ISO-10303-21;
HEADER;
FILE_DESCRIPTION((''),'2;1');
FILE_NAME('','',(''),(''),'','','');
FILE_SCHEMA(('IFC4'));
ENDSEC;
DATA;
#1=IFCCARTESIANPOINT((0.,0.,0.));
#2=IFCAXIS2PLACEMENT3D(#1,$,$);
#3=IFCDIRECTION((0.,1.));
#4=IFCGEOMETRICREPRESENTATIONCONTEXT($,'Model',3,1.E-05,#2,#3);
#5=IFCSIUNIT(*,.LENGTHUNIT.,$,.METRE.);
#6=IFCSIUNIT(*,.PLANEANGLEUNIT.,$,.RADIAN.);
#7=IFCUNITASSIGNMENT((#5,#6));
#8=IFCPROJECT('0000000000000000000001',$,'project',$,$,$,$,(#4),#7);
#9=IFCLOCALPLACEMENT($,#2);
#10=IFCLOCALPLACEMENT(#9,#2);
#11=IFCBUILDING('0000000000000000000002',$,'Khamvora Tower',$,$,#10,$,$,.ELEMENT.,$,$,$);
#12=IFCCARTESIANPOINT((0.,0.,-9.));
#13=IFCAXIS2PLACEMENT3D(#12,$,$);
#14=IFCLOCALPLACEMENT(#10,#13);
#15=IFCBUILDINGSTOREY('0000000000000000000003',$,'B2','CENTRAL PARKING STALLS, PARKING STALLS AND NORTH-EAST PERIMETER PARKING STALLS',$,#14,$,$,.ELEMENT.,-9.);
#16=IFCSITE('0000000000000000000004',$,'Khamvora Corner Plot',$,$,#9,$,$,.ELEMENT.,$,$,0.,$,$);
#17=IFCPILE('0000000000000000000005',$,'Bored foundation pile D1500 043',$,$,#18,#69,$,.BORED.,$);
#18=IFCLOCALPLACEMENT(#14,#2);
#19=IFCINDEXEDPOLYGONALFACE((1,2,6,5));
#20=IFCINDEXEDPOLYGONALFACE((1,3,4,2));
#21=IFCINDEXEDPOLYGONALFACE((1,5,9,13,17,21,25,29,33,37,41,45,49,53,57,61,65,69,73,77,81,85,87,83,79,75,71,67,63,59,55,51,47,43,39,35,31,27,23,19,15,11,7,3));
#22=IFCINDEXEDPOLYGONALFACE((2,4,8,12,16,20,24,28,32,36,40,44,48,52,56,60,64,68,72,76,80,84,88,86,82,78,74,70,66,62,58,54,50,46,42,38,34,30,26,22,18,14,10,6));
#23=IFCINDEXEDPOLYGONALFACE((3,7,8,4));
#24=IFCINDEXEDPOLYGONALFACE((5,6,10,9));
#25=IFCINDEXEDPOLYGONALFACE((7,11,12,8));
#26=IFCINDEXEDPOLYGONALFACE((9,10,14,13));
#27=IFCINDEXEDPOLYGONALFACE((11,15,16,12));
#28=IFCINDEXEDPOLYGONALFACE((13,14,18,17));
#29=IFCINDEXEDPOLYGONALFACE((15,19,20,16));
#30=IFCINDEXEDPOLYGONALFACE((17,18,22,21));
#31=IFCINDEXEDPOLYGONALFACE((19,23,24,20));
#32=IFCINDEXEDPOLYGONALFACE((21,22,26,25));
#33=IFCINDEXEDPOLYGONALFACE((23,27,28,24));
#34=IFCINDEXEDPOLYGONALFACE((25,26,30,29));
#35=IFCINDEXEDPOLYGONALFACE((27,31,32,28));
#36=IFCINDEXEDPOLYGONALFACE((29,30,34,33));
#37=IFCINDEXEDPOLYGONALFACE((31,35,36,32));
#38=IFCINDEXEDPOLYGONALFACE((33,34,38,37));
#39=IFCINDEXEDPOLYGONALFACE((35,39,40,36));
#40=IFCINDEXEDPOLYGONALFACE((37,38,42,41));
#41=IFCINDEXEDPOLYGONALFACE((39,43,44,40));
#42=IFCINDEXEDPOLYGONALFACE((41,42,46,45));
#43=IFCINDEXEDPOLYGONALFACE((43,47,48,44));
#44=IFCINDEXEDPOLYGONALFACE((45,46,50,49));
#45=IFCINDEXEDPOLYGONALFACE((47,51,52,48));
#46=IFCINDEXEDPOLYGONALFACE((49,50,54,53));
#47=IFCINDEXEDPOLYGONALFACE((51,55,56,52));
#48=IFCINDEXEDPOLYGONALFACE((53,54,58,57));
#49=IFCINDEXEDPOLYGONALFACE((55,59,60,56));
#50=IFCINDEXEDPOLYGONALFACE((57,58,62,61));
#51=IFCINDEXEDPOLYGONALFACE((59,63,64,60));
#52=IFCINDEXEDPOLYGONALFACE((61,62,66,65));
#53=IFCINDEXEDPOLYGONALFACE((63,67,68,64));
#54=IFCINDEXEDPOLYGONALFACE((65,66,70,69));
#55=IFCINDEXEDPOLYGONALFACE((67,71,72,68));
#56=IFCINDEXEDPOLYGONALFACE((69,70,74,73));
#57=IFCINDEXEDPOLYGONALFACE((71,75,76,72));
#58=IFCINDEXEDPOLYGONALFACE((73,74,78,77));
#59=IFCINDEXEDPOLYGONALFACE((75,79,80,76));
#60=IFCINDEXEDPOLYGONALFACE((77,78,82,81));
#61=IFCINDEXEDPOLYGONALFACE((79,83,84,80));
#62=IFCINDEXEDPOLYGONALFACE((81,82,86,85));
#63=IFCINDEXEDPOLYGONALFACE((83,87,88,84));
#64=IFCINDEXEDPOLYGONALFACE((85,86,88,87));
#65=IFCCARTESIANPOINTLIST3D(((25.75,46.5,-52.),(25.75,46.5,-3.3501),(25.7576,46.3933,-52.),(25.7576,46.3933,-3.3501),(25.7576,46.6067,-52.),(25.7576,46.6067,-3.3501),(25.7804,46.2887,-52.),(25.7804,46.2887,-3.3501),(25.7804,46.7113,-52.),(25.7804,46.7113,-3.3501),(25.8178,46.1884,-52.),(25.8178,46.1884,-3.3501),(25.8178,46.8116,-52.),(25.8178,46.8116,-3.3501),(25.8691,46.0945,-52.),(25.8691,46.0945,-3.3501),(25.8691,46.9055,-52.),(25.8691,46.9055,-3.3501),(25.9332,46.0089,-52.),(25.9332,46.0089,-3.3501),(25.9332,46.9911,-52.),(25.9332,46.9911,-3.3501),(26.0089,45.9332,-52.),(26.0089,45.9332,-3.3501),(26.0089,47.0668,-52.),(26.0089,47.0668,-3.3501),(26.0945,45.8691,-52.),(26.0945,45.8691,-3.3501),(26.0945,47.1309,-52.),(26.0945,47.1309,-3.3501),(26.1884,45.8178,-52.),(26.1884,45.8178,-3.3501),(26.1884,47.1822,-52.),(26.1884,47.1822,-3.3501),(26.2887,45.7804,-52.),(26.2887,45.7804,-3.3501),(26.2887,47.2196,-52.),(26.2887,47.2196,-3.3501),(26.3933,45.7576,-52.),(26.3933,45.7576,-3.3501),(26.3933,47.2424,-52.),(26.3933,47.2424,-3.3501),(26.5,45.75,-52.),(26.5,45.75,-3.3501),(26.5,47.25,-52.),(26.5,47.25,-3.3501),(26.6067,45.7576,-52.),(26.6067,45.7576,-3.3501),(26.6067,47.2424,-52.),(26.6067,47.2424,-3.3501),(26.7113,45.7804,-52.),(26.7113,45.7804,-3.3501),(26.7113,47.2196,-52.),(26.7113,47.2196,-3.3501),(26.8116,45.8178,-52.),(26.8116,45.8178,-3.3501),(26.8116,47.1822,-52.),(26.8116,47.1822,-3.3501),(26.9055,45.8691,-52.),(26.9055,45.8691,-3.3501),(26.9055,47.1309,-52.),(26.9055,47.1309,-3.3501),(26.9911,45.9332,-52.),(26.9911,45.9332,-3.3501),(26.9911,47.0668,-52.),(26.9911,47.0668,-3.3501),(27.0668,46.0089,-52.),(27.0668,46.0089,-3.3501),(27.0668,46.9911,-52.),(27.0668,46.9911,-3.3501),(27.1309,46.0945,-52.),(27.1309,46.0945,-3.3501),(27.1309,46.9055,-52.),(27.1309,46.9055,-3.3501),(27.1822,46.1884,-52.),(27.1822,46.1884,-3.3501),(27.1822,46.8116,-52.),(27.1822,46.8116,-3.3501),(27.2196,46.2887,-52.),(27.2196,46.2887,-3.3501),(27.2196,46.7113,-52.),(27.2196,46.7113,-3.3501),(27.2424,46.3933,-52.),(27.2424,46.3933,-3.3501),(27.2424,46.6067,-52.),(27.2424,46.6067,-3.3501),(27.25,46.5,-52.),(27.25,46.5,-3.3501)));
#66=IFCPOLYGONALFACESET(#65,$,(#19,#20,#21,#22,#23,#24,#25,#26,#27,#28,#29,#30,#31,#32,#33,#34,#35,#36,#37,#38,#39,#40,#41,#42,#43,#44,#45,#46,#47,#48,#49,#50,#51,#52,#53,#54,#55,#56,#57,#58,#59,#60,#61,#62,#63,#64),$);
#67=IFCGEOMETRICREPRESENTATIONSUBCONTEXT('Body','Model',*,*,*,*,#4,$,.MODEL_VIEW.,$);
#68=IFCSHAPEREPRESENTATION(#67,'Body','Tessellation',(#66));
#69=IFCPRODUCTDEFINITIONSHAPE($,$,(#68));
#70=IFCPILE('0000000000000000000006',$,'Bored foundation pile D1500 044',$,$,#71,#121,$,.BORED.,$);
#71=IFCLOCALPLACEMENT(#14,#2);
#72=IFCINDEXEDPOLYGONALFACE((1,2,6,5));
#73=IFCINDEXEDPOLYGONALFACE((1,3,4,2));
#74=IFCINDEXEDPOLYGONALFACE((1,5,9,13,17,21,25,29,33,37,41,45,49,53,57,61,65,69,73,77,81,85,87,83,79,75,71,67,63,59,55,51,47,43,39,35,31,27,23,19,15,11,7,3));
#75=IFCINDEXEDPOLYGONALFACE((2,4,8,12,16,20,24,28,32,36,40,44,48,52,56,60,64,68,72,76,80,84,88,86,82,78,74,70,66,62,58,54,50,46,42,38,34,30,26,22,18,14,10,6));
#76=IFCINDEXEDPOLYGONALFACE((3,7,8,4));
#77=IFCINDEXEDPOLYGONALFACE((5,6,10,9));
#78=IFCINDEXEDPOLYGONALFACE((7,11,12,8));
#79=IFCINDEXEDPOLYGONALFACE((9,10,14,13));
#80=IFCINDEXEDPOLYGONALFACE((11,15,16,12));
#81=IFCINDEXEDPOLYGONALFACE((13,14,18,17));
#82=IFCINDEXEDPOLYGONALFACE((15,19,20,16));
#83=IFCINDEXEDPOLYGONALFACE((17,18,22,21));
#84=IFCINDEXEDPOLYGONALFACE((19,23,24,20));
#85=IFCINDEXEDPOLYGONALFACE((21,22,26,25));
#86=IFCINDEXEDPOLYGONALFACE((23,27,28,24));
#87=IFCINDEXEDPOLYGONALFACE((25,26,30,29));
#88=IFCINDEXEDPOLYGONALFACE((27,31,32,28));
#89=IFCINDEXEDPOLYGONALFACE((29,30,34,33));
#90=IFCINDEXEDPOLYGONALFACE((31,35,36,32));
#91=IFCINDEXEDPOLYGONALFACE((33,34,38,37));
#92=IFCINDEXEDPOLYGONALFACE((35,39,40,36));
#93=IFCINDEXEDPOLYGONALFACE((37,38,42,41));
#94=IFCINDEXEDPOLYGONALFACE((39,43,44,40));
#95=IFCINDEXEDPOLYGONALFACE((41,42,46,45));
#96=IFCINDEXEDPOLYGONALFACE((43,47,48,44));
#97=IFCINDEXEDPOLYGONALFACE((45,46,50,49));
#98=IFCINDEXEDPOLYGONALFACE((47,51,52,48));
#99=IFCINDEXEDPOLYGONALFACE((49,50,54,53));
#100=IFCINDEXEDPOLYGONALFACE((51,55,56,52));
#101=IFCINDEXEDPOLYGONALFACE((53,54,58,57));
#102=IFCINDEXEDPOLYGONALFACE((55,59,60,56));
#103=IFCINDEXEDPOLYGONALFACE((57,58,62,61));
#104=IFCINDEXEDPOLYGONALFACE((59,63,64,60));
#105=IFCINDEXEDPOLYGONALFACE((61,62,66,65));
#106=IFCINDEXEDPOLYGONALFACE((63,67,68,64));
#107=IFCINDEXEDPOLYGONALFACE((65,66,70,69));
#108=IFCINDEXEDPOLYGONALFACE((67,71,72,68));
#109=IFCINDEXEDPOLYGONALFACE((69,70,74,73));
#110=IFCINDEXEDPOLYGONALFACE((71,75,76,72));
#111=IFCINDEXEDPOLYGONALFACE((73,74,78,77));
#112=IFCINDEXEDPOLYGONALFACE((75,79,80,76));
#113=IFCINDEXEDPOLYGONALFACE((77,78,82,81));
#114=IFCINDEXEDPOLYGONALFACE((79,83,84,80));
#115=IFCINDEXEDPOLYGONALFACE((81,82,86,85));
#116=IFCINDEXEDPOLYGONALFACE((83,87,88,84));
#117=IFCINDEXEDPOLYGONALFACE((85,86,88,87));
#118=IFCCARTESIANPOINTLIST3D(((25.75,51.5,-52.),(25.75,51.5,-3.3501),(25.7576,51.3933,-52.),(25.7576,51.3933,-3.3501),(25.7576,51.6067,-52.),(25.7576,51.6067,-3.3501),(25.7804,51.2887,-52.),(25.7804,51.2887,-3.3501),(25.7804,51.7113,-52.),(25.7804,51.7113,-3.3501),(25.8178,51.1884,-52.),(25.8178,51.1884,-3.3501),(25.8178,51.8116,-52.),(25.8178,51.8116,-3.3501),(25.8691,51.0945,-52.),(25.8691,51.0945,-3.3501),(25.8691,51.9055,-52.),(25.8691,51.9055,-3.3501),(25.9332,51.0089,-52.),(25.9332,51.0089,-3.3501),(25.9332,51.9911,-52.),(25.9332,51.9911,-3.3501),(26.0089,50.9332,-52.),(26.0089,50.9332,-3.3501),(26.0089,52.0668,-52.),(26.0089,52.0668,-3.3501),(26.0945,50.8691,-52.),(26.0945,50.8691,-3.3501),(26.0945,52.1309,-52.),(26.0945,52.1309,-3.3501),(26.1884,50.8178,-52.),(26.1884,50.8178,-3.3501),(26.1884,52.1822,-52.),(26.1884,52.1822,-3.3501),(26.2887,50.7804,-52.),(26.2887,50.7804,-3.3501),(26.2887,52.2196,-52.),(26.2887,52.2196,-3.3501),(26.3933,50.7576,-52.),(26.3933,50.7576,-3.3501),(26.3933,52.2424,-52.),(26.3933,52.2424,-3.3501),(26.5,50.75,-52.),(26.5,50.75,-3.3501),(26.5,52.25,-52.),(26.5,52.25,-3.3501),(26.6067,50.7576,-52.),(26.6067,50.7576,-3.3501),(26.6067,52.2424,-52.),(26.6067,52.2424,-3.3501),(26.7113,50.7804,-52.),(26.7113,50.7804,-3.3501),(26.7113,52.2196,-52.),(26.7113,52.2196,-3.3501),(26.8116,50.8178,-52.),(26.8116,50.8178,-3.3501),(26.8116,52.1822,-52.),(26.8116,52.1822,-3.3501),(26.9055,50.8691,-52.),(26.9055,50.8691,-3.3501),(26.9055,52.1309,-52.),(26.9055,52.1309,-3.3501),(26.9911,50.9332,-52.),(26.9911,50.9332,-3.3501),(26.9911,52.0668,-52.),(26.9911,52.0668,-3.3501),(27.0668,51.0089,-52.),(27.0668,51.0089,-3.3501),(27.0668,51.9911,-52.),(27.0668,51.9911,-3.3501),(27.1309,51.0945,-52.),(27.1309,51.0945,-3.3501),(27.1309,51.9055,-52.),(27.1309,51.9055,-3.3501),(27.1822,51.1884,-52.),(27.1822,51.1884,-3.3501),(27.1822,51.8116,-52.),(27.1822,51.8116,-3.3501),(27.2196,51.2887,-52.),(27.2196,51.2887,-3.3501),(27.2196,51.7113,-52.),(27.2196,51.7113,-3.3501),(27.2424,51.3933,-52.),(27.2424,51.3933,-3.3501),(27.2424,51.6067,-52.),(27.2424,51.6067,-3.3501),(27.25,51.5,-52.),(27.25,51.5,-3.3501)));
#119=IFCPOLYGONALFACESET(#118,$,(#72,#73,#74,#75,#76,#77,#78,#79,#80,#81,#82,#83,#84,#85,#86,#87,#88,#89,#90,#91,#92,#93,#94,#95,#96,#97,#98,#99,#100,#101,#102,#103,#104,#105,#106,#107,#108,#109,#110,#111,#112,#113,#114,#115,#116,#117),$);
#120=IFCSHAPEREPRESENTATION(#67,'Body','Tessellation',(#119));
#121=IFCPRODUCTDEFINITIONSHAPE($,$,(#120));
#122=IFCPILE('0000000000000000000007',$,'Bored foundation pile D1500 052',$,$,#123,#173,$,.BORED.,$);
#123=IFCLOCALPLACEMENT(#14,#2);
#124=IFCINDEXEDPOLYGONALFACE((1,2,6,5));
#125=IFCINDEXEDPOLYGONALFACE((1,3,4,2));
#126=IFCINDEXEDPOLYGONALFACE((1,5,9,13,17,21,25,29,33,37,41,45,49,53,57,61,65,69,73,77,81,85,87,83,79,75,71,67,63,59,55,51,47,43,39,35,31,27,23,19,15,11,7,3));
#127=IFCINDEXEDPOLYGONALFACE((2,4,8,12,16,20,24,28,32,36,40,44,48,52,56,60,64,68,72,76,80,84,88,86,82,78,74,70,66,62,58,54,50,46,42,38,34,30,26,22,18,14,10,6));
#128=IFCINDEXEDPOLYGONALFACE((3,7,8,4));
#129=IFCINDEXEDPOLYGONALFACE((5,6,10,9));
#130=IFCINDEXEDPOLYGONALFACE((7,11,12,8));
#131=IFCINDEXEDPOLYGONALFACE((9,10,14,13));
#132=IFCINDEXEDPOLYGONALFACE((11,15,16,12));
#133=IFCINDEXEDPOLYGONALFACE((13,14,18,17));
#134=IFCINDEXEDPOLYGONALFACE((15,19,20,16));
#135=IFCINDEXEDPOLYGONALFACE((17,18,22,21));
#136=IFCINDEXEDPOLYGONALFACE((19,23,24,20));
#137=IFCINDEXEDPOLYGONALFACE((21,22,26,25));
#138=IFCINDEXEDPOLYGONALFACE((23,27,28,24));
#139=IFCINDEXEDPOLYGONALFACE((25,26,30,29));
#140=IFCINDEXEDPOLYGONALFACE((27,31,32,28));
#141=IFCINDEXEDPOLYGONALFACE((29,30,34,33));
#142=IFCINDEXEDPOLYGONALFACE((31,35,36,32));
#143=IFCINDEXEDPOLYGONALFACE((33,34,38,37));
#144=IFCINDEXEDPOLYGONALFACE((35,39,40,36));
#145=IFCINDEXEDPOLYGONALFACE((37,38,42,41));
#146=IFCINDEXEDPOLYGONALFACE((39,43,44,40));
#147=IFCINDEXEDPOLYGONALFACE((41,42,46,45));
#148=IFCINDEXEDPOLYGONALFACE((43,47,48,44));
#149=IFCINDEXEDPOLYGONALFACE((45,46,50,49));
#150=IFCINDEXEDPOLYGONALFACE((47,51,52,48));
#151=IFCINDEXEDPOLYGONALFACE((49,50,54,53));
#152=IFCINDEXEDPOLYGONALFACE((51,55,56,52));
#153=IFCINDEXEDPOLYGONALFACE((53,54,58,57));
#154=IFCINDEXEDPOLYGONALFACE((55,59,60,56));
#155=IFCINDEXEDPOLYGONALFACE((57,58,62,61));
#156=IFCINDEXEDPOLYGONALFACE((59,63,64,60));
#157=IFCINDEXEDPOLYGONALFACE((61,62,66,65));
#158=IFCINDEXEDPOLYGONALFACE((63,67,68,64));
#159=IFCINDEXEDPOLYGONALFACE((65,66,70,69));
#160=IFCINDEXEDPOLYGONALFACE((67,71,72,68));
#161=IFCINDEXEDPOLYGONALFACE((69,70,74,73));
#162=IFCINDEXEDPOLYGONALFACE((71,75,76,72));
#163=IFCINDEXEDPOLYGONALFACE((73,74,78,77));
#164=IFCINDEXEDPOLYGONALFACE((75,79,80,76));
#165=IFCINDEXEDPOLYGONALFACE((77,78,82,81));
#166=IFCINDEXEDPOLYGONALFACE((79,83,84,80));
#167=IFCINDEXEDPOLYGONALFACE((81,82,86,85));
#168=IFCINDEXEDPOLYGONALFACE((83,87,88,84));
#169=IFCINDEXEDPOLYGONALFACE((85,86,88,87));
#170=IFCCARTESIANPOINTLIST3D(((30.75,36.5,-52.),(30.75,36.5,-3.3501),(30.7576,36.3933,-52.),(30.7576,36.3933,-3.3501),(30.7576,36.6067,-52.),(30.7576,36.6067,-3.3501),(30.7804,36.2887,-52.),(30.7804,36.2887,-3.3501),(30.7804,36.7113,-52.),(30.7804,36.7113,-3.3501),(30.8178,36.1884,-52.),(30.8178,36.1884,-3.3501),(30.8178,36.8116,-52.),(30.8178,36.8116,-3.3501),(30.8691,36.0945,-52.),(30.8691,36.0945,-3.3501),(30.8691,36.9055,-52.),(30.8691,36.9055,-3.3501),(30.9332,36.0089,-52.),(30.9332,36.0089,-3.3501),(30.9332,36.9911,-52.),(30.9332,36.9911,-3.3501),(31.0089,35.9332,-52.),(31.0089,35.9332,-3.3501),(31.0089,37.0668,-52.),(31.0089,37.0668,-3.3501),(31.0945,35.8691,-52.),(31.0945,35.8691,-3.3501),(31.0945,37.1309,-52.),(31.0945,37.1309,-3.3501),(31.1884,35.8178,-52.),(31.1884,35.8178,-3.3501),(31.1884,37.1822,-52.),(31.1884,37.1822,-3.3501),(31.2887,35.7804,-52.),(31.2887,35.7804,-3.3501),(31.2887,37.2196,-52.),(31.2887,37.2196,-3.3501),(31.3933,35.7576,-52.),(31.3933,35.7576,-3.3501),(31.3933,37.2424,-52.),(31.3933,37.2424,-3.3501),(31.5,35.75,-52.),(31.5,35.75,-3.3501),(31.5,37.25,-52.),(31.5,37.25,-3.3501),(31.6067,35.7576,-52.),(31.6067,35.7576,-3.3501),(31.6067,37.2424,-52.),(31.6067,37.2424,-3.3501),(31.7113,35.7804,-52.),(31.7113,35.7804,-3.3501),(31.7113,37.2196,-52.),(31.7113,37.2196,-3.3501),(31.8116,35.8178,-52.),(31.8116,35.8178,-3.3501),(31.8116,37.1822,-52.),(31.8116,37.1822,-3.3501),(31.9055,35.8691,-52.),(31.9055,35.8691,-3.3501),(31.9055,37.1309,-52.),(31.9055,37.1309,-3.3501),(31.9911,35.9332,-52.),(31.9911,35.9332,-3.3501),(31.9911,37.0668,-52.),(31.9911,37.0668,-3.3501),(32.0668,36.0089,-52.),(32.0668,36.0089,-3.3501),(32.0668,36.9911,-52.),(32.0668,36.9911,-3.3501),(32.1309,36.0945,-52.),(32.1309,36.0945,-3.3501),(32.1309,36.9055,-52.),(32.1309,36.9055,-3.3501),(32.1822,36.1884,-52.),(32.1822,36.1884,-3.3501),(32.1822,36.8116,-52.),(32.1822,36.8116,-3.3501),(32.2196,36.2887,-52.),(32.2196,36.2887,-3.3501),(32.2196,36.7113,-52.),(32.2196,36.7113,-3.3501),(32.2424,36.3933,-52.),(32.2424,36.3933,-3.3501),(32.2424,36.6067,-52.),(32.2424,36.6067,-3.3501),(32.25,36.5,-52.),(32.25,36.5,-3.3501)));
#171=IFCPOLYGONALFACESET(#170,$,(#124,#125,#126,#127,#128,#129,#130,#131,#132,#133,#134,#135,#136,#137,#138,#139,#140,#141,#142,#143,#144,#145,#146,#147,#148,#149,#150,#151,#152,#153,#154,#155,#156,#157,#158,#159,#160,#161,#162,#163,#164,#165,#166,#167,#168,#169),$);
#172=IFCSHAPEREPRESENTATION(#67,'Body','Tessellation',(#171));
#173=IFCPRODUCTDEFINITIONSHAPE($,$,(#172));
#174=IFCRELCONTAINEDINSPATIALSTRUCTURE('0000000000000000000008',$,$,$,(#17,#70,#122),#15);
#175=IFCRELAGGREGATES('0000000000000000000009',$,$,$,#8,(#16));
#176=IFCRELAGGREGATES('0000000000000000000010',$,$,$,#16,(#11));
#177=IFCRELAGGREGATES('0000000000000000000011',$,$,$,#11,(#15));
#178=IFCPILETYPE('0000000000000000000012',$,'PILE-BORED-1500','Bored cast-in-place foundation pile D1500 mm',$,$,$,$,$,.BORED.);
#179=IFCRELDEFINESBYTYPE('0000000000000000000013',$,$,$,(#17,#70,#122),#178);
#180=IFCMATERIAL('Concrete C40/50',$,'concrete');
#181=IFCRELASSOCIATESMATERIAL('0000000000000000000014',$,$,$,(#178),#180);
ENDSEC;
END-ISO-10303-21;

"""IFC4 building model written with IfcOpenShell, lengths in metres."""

from ifc_helpers import new_model, si_unit, direction, frame, origin, origin_2d, place, context, subcontext, project, spatial, circle, extrude, material, material_profile, profile_set, type_object, element, save


model = new_model("IFC4")

# Units and contexts
model_context = context("Model", 3, precision=1e-05, world=origin(), true_north=direction((0.0, 1.0)))
body_context = subcontext(model_context, "Body", "Model", "MODEL_VIEW")
ifc_project = project(units=[si_unit("LENGTHUNIT", "METRE"), si_unit("PLANEANGLEUNIT", "RADIAN")], contexts=[model_context])

# Site, building, storey
site_placement = place(None, origin())
site = spatial("IfcSite", under=ifc_project, at=site_placement, Name="Khamvora Corner Plot", CompositionType="ELEMENT", RefElevation=0.0)
building_placement = place(site_placement, origin())
building = spatial("IfcBuilding", under=site, at=building_placement, Name="Khamvora Tower", CompositionType="ELEMENT")
storey_placement = place(building_placement, frame((0.0, 0.0, -9.0)))
storey = spatial("IfcBuildingStorey", under=building, at=storey_placement, Name="B2", Description="CENTRAL PARKING STALLS, PARKING STALLS AND NORTH-EAST PERIMETER PARKING STALLS", CompositionType="ELEMENT", Elevation=-9.0)

# Piles
ifc_material_1 = material(Name="Concrete C40/50", Category="concrete")
ifc_material_profile_1 = material_profile(ifc_material_1, circle(Radius=0.75, at=origin_2d()), Name="PILE_D1500")
ifc_profile_set_1 = profile_set([ifc_material_profile_1], Name="Concrete C40/50")
pile_type = type_object("IfcPileType", Name="PILE-BORED-1500", Description="Bored cast-in-place foundation pile D1500 mm", PredefinedType="BORED", material=ifc_profile_set_1)
for number, where, z_axis, x_axis, name in (
    (1, (26.5, 46.5, -3.3501), (0.0, 0.0, -1.0), (1.0, 0.0, 0.0), "Bored foundation pile D1500 043"),
    (2, (26.5, 51.5, -3.3501), (0.0, 0.0, -1.0), (1.0, 0.0, 0.0), "Bored foundation pile D1500 044"),
    (3, (31.5, 36.5, -3.3501), (0.0, 0.0, -1.0), (1.0, 0.0, 0.0), "Bored foundation pile D1500 052"),
):
    element("IfcPile", number, at=place(storey_placement, frame(where, z_axis=z_axis, x_axis=x_axis)), inside=storey, type_object=pile_type, Name=name, PredefinedType="BORED", context=body_context, shape_type="SweptSolid", body=[
        extrude(circle(Radius=0.75, at=origin_2d()), origin(), (0.0, 0.0, 1.0), 48.6499),
    ])

save(model, "model.ifc")
